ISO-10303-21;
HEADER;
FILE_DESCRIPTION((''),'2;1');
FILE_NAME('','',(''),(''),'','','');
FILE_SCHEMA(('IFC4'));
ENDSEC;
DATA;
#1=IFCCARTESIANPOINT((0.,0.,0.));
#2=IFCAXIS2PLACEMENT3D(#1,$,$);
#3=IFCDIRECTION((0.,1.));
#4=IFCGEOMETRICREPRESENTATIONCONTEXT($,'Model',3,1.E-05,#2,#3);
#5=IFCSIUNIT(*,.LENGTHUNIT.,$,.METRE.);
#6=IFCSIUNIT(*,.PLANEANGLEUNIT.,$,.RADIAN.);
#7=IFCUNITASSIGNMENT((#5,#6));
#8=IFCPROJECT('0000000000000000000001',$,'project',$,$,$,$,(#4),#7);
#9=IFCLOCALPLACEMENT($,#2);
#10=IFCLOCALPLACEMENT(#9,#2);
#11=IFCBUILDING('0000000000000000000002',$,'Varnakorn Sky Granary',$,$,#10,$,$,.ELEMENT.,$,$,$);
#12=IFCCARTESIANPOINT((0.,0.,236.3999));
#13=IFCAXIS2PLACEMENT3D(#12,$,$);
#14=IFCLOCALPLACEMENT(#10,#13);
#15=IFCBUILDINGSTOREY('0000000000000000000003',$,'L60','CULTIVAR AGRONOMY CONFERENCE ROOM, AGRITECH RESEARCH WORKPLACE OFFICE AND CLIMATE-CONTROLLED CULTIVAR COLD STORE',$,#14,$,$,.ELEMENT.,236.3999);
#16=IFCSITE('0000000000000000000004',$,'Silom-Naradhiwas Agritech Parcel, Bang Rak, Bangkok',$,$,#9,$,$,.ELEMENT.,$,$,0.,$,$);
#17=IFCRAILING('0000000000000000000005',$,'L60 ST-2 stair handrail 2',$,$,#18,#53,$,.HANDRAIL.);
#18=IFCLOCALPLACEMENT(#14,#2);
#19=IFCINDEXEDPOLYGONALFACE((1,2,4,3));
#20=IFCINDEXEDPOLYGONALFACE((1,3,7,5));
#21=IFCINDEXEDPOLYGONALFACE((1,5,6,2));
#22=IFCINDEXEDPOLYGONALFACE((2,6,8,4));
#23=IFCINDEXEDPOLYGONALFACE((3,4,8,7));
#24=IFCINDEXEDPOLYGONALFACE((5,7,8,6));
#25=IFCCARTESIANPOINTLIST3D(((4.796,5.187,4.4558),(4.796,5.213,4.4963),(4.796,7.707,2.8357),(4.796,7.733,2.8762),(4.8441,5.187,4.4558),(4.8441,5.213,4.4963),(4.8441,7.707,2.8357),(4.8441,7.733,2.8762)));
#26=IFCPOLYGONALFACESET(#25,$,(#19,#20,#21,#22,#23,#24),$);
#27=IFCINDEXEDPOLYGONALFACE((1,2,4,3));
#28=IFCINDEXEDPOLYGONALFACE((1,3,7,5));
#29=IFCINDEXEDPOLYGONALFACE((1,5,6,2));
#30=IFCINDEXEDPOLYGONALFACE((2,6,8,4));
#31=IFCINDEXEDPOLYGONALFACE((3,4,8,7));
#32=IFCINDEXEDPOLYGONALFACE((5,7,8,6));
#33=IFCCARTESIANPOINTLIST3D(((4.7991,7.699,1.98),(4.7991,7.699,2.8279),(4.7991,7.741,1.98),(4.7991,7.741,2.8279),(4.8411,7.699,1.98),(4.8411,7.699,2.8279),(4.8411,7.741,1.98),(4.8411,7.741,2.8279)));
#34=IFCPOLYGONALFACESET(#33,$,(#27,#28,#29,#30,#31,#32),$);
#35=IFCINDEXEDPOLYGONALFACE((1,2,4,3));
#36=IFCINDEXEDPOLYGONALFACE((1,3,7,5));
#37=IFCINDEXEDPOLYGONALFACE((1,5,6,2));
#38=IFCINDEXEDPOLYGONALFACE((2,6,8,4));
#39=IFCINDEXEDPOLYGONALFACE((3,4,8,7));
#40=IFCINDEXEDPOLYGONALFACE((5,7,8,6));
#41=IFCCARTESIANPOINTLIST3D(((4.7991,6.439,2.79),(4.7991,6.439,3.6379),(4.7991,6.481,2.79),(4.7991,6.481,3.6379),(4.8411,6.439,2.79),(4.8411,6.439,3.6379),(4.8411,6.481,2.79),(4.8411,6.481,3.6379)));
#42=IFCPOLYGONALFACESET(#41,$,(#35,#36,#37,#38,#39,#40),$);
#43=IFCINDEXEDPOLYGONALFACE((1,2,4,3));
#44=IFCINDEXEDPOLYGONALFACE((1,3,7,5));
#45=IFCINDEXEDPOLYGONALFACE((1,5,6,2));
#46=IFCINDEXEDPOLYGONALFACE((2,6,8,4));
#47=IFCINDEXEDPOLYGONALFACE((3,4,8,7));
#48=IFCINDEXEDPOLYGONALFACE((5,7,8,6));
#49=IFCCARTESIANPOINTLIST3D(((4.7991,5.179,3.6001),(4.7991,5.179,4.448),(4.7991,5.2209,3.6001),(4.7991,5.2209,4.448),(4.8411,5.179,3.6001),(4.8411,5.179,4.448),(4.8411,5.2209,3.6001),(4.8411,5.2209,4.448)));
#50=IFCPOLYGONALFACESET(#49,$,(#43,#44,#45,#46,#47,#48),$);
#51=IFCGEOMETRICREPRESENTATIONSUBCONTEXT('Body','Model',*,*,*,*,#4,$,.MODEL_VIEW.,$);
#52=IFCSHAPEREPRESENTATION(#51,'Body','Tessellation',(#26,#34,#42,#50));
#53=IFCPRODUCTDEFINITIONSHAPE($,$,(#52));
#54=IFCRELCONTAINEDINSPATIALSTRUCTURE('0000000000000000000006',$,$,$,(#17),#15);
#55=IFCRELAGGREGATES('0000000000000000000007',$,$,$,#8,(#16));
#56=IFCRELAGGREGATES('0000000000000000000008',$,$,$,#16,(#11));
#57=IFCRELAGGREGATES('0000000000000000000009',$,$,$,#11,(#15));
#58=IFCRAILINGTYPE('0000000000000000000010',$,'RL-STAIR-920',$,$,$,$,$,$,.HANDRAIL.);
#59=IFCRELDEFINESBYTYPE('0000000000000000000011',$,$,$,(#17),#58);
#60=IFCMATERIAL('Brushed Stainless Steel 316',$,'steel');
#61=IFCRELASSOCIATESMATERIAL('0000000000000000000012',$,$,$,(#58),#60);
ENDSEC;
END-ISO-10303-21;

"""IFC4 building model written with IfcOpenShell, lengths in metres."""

from ifc_helpers import new_model, si_unit, direction, frame, origin, origin_2d, place, context, subcontext, project, spatial, rectangle, extrude, material, type_object, element, save


model = new_model("IFC4")

# Units and contexts
model_context = context("Model", 3, precision=1e-05, world=origin(), true_north=direction((0.0, 1.0)))
body_context = subcontext(model_context, "Body", "Model", "MODEL_VIEW")
ifc_project = project(units=[si_unit("LENGTHUNIT", "METRE"), si_unit("PLANEANGLEUNIT", "RADIAN")], contexts=[model_context])

# Site, building, storey
site_placement = place(None, origin())
site = spatial("IfcSite", under=ifc_project, at=site_placement, Name="Silom-Naradhiwas Agritech Parcel, Bang Rak, Bangkok", CompositionType="ELEMENT", RefElevation=0.0)
building_placement = place(site_placement, origin())
building = spatial("IfcBuilding", under=site, at=building_placement, Name="Varnakorn Sky Granary", CompositionType="ELEMENT")
storey_placement = place(building_placement, frame((0.0, 0.0, 236.3999)))
storey = spatial("IfcBuildingStorey", under=building, at=storey_placement, Name="L60", Description="CULTIVAR AGRONOMY CONFERENCE ROOM, AGRITECH RESEARCH WORKPLACE OFFICE AND CLIMATE-CONTROLLED CULTIVAR COLD STORE", CompositionType="ELEMENT", Elevation=236.3999)

# Railing
ifc_material_1 = material(Name="Brushed Stainless Steel 316", Category="steel")
railing_type_1 = type_object("IfcRailingType", Name="RL-STAIR-920", PredefinedType="HANDRAIL", material=ifc_material_1)
railing_1_placement = place(storey_placement, frame((4.8201, 7.72, 1.98)))
element("IfcRailing", 1, at=railing_1_placement, inside=storey, type_object=railing_type_1, Name="L60 ST-2 stair handrail 2", PredefinedType="HANDRAIL", context=body_context, shape_type="SweptSolid", body=[
    extrude(rectangle(XDim=0.0481, YDim=0.0481, at=origin_2d()), frame((0.0, 0.0, 0.876), z_axis=(0.0, -0.841163, 0.540782), x_axis=(1.0, 0.0, 0.0)), (0.0, 0.0, 1.0), 2.9958),
    extrude(rectangle(XDim=0.042, YDim=0.042, at=origin_2d()), origin(), (0.0, 0.0, 1.0), 0.8479),
    extrude(rectangle(XDim=0.042, YDim=0.042, at=origin_2d()), frame((0.0, -1.26, 0.8101)), (0.0, 0.0, 1.0), 0.8479),
    extrude(rectangle(XDim=0.042, YDim=0.042, at=origin_2d()), frame((0.0, -2.52, 1.6201)), (0.0, 0.0, 1.0), 0.8479),
])

save(model, "model.ifc")
